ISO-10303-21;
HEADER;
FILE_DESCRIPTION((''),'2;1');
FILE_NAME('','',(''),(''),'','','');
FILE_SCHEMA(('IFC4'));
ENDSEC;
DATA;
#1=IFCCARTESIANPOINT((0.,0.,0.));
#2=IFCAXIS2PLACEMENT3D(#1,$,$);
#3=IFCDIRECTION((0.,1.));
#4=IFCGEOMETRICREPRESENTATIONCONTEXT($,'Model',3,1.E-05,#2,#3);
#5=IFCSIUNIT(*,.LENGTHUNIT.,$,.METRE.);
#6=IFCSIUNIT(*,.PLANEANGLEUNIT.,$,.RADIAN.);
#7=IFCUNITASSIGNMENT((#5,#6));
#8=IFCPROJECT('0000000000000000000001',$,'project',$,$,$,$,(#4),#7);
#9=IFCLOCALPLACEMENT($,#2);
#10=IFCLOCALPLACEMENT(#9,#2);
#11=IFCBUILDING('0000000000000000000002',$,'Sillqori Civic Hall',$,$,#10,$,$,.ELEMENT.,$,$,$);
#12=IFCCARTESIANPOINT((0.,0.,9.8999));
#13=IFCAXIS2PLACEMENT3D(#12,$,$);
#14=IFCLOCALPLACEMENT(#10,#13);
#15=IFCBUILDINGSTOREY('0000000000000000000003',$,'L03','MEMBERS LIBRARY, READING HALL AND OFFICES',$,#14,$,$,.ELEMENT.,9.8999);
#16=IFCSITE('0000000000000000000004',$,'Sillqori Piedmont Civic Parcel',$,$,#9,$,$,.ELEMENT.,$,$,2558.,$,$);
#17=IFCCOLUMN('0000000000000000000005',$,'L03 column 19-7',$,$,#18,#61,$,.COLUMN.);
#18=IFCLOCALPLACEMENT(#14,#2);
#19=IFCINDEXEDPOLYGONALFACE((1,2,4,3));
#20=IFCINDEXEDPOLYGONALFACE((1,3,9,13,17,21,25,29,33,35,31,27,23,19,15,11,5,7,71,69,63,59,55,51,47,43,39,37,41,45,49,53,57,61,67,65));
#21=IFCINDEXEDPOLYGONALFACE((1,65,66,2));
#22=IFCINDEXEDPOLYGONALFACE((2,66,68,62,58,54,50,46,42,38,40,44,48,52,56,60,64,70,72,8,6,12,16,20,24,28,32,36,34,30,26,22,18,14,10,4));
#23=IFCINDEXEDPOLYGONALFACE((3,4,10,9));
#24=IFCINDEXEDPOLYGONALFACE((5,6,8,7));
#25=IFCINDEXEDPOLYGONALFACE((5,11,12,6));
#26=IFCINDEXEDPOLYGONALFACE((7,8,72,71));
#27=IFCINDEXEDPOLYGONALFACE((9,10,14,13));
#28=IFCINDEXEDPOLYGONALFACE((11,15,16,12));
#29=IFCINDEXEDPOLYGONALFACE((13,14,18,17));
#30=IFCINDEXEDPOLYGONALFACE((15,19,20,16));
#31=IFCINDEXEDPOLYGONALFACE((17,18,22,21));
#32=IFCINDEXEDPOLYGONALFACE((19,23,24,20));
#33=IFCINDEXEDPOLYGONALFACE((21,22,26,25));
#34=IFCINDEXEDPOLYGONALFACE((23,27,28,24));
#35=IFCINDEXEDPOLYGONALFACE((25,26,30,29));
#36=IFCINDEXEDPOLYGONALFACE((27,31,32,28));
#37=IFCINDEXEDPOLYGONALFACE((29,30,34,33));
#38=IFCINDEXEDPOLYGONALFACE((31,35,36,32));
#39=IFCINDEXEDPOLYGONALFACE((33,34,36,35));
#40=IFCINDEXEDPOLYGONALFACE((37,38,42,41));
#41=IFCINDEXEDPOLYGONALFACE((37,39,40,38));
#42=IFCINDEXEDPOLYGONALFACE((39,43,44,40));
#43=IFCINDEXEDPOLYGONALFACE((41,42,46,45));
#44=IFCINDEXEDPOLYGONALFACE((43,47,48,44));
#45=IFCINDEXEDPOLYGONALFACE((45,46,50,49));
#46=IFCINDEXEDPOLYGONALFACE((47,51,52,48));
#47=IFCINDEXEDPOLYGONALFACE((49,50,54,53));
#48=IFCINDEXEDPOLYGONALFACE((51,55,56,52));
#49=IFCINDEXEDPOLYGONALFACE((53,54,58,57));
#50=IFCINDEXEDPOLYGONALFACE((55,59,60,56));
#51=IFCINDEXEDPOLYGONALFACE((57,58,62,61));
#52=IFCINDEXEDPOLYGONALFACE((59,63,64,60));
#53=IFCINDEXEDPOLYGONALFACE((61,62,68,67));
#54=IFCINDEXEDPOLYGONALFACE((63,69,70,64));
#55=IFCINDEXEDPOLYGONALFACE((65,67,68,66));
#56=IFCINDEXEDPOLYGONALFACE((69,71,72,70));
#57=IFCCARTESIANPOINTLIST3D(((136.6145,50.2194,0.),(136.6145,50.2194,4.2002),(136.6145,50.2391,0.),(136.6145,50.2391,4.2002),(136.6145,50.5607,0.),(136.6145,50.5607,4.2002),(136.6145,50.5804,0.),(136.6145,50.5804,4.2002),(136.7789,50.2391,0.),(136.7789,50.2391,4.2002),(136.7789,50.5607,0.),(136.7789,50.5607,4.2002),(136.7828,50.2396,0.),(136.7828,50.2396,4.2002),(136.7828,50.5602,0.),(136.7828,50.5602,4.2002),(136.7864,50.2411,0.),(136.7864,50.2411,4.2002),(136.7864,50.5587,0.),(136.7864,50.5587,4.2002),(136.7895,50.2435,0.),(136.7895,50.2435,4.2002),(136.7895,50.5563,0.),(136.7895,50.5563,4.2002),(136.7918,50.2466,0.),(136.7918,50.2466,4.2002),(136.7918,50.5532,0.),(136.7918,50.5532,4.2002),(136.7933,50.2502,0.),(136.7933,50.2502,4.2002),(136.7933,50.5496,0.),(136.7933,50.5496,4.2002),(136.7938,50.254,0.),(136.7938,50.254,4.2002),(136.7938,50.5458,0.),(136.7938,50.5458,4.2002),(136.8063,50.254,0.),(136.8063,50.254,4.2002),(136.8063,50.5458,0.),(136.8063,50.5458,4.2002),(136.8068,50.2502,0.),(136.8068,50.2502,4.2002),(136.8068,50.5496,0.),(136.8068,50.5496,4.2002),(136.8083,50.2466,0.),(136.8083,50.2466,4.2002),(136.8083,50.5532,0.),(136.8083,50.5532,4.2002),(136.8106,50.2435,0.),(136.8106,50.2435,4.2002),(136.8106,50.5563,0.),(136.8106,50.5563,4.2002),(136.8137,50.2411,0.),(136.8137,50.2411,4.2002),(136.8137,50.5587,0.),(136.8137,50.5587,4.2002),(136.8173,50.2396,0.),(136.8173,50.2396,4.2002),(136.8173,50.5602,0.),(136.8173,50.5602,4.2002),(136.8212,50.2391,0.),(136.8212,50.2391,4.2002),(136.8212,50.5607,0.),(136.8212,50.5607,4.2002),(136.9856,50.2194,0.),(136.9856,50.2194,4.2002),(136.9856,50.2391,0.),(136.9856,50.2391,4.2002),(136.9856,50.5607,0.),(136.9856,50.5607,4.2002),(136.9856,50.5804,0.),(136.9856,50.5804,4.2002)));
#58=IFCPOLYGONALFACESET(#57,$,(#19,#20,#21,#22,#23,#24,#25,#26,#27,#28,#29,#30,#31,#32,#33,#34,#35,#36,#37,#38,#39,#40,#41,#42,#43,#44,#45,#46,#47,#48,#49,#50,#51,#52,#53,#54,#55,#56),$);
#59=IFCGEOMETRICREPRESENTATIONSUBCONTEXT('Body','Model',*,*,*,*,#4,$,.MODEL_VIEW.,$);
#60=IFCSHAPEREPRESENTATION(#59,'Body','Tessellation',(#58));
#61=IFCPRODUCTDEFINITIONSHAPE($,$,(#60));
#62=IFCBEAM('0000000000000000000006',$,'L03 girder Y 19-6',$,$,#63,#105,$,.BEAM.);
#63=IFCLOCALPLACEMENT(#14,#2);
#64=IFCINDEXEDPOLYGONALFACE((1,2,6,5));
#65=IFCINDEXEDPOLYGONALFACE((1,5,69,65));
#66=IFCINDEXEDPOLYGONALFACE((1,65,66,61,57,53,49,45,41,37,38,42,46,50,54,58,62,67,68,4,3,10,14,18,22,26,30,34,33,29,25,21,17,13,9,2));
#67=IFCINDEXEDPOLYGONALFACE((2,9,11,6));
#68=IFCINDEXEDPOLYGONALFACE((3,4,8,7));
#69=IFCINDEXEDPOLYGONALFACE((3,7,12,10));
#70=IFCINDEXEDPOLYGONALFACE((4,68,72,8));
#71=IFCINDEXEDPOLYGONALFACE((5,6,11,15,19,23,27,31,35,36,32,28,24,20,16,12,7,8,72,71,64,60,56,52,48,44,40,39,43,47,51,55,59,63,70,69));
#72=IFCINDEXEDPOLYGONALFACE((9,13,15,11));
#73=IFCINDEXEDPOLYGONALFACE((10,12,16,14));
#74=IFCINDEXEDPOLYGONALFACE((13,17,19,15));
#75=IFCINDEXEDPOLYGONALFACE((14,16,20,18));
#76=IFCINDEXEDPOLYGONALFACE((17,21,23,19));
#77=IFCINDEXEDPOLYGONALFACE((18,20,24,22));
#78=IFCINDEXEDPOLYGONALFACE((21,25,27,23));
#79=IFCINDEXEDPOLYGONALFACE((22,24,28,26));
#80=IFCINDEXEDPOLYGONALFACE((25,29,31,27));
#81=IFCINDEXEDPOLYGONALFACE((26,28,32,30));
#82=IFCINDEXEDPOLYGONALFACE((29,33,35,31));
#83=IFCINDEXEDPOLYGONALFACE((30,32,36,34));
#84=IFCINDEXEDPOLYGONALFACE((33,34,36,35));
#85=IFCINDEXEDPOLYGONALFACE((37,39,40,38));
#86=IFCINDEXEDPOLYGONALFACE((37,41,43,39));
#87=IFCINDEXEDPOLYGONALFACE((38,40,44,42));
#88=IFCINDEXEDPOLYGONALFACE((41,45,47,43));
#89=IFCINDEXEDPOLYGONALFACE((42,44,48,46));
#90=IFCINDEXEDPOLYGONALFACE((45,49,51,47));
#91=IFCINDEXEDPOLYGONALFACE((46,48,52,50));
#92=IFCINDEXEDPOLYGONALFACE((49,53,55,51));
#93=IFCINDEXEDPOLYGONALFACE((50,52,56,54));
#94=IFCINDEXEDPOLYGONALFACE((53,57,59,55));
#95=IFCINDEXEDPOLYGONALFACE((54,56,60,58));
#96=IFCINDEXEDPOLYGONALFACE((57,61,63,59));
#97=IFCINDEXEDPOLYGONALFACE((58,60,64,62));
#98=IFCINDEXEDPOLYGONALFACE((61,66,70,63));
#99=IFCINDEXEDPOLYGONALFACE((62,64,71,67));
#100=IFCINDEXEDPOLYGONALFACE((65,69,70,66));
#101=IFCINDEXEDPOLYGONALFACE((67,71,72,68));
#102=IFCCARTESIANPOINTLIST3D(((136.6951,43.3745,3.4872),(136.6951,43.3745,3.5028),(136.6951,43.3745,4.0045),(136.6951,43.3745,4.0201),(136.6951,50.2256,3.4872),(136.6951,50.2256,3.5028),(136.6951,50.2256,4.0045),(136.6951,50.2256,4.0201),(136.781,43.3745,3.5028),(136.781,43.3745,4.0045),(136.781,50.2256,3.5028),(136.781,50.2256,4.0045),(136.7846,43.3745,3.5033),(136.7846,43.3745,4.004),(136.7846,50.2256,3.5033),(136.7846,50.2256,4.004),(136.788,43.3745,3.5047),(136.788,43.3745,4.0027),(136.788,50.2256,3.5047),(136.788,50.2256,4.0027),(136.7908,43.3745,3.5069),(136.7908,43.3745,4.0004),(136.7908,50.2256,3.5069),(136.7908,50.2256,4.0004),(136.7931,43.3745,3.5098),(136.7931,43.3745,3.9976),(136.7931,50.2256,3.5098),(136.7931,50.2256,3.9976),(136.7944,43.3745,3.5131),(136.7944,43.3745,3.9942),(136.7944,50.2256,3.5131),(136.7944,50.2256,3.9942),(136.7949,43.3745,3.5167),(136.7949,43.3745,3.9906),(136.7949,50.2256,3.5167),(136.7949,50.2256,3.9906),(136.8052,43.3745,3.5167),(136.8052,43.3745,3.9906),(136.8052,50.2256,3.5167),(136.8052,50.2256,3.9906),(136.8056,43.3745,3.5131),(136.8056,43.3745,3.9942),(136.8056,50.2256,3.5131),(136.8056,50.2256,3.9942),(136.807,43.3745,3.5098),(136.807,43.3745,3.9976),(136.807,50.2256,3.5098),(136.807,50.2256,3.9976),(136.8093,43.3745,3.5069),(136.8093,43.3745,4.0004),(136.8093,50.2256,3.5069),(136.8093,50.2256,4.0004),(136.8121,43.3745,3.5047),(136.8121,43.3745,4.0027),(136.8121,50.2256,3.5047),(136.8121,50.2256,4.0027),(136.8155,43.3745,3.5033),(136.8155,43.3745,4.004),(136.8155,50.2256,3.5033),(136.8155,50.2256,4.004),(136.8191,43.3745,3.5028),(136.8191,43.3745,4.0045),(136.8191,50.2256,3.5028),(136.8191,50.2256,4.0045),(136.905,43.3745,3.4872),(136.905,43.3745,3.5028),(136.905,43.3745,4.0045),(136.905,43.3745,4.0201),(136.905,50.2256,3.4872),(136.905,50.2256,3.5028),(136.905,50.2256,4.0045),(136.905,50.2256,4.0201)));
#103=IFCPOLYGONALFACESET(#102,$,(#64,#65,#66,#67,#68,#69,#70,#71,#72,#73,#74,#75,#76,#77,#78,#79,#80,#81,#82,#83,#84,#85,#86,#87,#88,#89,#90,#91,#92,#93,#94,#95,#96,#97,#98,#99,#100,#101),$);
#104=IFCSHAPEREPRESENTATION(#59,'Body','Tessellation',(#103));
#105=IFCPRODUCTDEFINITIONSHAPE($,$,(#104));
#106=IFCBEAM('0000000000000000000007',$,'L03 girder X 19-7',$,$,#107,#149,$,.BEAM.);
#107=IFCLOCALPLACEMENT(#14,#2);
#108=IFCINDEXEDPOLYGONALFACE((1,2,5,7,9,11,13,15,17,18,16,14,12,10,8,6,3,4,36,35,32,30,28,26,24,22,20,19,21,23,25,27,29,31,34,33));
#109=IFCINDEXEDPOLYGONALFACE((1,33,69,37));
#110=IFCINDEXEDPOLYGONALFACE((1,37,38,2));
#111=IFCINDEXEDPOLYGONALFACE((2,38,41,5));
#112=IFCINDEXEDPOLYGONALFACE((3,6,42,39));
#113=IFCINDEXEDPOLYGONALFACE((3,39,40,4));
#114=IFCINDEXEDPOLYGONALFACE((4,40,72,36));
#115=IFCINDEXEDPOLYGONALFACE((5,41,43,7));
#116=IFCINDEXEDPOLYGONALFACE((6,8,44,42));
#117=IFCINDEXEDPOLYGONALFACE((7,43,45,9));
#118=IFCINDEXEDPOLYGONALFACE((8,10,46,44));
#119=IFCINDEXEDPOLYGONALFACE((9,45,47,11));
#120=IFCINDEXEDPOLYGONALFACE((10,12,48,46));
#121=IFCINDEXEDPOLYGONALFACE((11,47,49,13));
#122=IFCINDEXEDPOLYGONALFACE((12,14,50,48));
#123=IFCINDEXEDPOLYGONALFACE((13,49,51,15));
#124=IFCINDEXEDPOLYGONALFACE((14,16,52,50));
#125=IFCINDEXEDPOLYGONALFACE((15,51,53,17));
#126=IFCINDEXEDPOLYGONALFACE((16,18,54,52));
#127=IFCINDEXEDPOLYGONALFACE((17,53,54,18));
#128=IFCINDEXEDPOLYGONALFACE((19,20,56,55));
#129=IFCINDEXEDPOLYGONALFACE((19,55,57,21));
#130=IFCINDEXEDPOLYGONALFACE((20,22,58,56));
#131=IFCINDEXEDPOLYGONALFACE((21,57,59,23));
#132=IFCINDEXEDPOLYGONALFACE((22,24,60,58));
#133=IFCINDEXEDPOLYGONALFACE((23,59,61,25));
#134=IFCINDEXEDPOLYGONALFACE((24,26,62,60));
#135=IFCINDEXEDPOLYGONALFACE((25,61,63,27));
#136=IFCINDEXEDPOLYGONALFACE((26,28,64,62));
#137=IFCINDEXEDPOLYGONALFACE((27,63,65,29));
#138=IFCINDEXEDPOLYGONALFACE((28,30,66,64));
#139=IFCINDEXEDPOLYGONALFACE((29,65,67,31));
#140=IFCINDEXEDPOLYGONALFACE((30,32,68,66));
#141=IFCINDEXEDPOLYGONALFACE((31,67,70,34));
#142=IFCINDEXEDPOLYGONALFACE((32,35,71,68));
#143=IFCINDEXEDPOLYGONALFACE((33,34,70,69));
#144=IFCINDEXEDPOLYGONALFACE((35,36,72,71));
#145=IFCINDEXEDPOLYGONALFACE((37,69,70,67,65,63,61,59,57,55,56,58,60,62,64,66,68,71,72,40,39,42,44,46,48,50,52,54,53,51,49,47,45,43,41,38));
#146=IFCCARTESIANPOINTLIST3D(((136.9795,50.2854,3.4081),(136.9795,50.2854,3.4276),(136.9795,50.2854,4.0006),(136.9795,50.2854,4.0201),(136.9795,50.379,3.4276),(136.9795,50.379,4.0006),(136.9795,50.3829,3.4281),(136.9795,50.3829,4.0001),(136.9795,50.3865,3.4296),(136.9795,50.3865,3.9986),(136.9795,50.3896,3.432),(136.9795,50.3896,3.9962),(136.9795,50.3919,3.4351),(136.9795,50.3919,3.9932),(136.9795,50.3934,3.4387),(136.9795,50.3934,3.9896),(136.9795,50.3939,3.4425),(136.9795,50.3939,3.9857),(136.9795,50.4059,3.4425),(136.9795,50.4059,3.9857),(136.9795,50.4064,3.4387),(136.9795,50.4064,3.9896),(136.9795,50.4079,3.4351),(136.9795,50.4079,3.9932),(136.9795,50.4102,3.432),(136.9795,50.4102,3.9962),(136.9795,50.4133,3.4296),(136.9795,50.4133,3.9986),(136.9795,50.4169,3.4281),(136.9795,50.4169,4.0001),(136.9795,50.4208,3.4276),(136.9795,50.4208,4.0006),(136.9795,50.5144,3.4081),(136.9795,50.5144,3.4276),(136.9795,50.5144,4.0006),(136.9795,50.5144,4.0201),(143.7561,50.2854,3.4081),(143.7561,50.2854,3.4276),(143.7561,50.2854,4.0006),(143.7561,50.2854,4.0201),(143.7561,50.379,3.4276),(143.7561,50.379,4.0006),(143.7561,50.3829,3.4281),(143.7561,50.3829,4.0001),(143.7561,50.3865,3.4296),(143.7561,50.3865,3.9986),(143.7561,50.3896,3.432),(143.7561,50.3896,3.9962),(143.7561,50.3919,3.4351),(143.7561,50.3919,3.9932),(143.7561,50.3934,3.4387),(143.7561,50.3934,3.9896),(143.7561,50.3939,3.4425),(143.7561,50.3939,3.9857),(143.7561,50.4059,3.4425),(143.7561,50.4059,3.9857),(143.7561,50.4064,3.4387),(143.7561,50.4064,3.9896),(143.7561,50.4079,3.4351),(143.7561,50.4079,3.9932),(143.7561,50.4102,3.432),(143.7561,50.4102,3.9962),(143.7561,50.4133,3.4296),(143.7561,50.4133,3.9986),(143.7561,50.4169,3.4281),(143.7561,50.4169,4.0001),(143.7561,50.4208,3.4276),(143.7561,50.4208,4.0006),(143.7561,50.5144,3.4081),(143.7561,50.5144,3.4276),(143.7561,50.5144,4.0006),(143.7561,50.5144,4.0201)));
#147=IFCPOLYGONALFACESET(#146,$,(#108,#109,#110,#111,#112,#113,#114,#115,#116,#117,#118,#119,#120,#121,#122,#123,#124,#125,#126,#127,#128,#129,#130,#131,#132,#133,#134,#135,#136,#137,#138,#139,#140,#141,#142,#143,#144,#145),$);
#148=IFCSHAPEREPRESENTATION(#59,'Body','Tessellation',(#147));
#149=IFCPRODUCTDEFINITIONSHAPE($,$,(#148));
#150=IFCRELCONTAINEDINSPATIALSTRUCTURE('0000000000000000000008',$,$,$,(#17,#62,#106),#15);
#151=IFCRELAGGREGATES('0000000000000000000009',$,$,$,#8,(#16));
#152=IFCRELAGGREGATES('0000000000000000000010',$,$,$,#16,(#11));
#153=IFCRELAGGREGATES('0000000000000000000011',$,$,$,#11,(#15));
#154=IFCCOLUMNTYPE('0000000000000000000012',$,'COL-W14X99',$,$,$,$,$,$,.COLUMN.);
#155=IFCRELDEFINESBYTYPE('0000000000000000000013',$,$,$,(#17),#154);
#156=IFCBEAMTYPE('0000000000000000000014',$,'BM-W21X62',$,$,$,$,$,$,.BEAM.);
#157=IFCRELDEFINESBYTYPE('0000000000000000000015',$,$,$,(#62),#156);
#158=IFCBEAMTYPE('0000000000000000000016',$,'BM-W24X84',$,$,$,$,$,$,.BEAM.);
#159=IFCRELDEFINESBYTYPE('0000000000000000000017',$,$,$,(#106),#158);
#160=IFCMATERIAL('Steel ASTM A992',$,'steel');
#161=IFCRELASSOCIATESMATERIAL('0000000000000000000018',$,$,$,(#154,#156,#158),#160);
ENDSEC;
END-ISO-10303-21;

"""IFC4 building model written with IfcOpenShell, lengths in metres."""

from ifc_helpers import new_model, si_unit, direction, frame, origin, origin_2d, place, context, subcontext, project, spatial, i_section, extrude, material, material_profile, profile_set, type_object, element, save


model = new_model("IFC4")

# Units and contexts
model_context = context("Model", 3, precision=1e-05, world=origin(), true_north=direction((0.0, 1.0)))
body_context = subcontext(model_context, "Body", "Model", "MODEL_VIEW")
ifc_project = project(units=[si_unit("LENGTHUNIT", "METRE"), si_unit("PLANEANGLEUNIT", "RADIAN")], contexts=[model_context])

# Site, building, storey
site_placement = place(None, origin())
site = spatial("IfcSite", under=ifc_project, at=site_placement, Name="Sillqori Piedmont Civic Parcel", CompositionType="ELEMENT", RefElevation=2558.0)
building_placement = place(site_placement, origin())
building = spatial("IfcBuilding", under=site, at=building_placement, Name="Sillqori Civic Hall", CompositionType="ELEMENT")
storey_placement = place(building_placement, frame((0.0, 0.0, 9.8999)))
storey = spatial("IfcBuildingStorey", under=building, at=storey_placement, Name="L03", Description="MEMBERS LIBRARY, READING HALL AND OFFICES", CompositionType="ELEMENT", Elevation=9.8999)

# Column
ifc_material_1 = material(Name="Steel ASTM A992", Category="steel")
ifc_material_profile_1 = material_profile(ifc_material_1, i_section(OverallWidth=0.3711, OverallDepth=0.3611, WebThickness=0.0125, FlangeThickness=0.0198, FilletRadius=0.0149, at=origin_2d()), Name="W14X99")
ifc_profile_set_1 = profile_set([ifc_material_profile_1], Name="Steel ASTM A992")
column_type = type_object("IfcColumnType", Name="COL-W14X99", PredefinedType="COLUMN", material=ifc_profile_set_1)
column_placement = place(storey_placement, frame((136.8, 50.3999, 0.0), z_axis=(0.0, 0.0, 1.0), x_axis=(1.0, 0.0, 0.0)))
element("IfcColumn", 1, at=column_placement, inside=storey, type_object=column_type, Name="L03 column 19-7", PredefinedType="COLUMN", context=body_context, shape_type="SweptSolid", body=[
    extrude(i_section(OverallWidth=0.3711, OverallDepth=0.3611, WebThickness=0.0125, FlangeThickness=0.0198, FilletRadius=0.0149, at=origin_2d()), origin(), (0.0, 0.0, 1.0), 4.2002),
])

# Beams
ifc_material_profile_2 = material_profile(ifc_material_1, i_section(OverallWidth=0.21, OverallDepth=0.533, WebThickness=0.0103, FlangeThickness=0.0156, FilletRadius=0.0139, at=origin_2d()), Name="W21X62")
ifc_profile_set_2 = profile_set([ifc_material_profile_2], Name="Steel ASTM A992")
beam_type_1 = type_object("IfcBeamType", Name="BM-W21X62", PredefinedType="BEAM", material=ifc_profile_set_2)
beam_1_placement = place(storey_placement, frame((136.8, 43.3745, 3.7537), z_axis=(0.0, 1.0, 0.0), x_axis=(-1.0, 0.0, 0.0)))
element("IfcBeam", 2, at=beam_1_placement, inside=storey, type_object=beam_type_1, Name="L03 girder Y 19-6", PredefinedType="BEAM", context=body_context, shape_type="SweptSolid", body=[
    extrude(i_section(OverallWidth=0.21, OverallDepth=0.533, WebThickness=0.0103, FlangeThickness=0.0156, FilletRadius=0.0139, at=origin_2d()), origin(), (0.0, 0.0, 1.0), 6.8511),
])
ifc_material_profile_3 = material_profile(ifc_material_1, i_section(OverallWidth=0.229, OverallDepth=0.6121, WebThickness=0.012, FlangeThickness=0.0195, FilletRadius=0.0149, at=origin_2d()), Name="W24X84")
ifc_profile_set_3 = profile_set([ifc_material_profile_3], Name="Steel ASTM A992")
beam_type_2 = type_object("IfcBeamType", Name="BM-W24X84", PredefinedType="BEAM", material=ifc_profile_set_3)
beam_2_placement = place(storey_placement, frame((136.9795, 50.3999, 3.7141), z_axis=(1.0, 0.0, 0.0), x_axis=(0.0, 1.0, 0.0)))
element("IfcBeam", 3, at=beam_2_placement, inside=storey, type_object=beam_type_2, Name="L03 girder X 19-7", PredefinedType="BEAM", context=body_context, shape_type="SweptSolid", body=[
    extrude(i_section(OverallWidth=0.229, OverallDepth=0.6121, WebThickness=0.012, FlangeThickness=0.0195, FilletRadius=0.0149, at=origin_2d()), origin(), (0.0, 0.0, 1.0), 6.7766),
])

save(model, "model.ifc")
